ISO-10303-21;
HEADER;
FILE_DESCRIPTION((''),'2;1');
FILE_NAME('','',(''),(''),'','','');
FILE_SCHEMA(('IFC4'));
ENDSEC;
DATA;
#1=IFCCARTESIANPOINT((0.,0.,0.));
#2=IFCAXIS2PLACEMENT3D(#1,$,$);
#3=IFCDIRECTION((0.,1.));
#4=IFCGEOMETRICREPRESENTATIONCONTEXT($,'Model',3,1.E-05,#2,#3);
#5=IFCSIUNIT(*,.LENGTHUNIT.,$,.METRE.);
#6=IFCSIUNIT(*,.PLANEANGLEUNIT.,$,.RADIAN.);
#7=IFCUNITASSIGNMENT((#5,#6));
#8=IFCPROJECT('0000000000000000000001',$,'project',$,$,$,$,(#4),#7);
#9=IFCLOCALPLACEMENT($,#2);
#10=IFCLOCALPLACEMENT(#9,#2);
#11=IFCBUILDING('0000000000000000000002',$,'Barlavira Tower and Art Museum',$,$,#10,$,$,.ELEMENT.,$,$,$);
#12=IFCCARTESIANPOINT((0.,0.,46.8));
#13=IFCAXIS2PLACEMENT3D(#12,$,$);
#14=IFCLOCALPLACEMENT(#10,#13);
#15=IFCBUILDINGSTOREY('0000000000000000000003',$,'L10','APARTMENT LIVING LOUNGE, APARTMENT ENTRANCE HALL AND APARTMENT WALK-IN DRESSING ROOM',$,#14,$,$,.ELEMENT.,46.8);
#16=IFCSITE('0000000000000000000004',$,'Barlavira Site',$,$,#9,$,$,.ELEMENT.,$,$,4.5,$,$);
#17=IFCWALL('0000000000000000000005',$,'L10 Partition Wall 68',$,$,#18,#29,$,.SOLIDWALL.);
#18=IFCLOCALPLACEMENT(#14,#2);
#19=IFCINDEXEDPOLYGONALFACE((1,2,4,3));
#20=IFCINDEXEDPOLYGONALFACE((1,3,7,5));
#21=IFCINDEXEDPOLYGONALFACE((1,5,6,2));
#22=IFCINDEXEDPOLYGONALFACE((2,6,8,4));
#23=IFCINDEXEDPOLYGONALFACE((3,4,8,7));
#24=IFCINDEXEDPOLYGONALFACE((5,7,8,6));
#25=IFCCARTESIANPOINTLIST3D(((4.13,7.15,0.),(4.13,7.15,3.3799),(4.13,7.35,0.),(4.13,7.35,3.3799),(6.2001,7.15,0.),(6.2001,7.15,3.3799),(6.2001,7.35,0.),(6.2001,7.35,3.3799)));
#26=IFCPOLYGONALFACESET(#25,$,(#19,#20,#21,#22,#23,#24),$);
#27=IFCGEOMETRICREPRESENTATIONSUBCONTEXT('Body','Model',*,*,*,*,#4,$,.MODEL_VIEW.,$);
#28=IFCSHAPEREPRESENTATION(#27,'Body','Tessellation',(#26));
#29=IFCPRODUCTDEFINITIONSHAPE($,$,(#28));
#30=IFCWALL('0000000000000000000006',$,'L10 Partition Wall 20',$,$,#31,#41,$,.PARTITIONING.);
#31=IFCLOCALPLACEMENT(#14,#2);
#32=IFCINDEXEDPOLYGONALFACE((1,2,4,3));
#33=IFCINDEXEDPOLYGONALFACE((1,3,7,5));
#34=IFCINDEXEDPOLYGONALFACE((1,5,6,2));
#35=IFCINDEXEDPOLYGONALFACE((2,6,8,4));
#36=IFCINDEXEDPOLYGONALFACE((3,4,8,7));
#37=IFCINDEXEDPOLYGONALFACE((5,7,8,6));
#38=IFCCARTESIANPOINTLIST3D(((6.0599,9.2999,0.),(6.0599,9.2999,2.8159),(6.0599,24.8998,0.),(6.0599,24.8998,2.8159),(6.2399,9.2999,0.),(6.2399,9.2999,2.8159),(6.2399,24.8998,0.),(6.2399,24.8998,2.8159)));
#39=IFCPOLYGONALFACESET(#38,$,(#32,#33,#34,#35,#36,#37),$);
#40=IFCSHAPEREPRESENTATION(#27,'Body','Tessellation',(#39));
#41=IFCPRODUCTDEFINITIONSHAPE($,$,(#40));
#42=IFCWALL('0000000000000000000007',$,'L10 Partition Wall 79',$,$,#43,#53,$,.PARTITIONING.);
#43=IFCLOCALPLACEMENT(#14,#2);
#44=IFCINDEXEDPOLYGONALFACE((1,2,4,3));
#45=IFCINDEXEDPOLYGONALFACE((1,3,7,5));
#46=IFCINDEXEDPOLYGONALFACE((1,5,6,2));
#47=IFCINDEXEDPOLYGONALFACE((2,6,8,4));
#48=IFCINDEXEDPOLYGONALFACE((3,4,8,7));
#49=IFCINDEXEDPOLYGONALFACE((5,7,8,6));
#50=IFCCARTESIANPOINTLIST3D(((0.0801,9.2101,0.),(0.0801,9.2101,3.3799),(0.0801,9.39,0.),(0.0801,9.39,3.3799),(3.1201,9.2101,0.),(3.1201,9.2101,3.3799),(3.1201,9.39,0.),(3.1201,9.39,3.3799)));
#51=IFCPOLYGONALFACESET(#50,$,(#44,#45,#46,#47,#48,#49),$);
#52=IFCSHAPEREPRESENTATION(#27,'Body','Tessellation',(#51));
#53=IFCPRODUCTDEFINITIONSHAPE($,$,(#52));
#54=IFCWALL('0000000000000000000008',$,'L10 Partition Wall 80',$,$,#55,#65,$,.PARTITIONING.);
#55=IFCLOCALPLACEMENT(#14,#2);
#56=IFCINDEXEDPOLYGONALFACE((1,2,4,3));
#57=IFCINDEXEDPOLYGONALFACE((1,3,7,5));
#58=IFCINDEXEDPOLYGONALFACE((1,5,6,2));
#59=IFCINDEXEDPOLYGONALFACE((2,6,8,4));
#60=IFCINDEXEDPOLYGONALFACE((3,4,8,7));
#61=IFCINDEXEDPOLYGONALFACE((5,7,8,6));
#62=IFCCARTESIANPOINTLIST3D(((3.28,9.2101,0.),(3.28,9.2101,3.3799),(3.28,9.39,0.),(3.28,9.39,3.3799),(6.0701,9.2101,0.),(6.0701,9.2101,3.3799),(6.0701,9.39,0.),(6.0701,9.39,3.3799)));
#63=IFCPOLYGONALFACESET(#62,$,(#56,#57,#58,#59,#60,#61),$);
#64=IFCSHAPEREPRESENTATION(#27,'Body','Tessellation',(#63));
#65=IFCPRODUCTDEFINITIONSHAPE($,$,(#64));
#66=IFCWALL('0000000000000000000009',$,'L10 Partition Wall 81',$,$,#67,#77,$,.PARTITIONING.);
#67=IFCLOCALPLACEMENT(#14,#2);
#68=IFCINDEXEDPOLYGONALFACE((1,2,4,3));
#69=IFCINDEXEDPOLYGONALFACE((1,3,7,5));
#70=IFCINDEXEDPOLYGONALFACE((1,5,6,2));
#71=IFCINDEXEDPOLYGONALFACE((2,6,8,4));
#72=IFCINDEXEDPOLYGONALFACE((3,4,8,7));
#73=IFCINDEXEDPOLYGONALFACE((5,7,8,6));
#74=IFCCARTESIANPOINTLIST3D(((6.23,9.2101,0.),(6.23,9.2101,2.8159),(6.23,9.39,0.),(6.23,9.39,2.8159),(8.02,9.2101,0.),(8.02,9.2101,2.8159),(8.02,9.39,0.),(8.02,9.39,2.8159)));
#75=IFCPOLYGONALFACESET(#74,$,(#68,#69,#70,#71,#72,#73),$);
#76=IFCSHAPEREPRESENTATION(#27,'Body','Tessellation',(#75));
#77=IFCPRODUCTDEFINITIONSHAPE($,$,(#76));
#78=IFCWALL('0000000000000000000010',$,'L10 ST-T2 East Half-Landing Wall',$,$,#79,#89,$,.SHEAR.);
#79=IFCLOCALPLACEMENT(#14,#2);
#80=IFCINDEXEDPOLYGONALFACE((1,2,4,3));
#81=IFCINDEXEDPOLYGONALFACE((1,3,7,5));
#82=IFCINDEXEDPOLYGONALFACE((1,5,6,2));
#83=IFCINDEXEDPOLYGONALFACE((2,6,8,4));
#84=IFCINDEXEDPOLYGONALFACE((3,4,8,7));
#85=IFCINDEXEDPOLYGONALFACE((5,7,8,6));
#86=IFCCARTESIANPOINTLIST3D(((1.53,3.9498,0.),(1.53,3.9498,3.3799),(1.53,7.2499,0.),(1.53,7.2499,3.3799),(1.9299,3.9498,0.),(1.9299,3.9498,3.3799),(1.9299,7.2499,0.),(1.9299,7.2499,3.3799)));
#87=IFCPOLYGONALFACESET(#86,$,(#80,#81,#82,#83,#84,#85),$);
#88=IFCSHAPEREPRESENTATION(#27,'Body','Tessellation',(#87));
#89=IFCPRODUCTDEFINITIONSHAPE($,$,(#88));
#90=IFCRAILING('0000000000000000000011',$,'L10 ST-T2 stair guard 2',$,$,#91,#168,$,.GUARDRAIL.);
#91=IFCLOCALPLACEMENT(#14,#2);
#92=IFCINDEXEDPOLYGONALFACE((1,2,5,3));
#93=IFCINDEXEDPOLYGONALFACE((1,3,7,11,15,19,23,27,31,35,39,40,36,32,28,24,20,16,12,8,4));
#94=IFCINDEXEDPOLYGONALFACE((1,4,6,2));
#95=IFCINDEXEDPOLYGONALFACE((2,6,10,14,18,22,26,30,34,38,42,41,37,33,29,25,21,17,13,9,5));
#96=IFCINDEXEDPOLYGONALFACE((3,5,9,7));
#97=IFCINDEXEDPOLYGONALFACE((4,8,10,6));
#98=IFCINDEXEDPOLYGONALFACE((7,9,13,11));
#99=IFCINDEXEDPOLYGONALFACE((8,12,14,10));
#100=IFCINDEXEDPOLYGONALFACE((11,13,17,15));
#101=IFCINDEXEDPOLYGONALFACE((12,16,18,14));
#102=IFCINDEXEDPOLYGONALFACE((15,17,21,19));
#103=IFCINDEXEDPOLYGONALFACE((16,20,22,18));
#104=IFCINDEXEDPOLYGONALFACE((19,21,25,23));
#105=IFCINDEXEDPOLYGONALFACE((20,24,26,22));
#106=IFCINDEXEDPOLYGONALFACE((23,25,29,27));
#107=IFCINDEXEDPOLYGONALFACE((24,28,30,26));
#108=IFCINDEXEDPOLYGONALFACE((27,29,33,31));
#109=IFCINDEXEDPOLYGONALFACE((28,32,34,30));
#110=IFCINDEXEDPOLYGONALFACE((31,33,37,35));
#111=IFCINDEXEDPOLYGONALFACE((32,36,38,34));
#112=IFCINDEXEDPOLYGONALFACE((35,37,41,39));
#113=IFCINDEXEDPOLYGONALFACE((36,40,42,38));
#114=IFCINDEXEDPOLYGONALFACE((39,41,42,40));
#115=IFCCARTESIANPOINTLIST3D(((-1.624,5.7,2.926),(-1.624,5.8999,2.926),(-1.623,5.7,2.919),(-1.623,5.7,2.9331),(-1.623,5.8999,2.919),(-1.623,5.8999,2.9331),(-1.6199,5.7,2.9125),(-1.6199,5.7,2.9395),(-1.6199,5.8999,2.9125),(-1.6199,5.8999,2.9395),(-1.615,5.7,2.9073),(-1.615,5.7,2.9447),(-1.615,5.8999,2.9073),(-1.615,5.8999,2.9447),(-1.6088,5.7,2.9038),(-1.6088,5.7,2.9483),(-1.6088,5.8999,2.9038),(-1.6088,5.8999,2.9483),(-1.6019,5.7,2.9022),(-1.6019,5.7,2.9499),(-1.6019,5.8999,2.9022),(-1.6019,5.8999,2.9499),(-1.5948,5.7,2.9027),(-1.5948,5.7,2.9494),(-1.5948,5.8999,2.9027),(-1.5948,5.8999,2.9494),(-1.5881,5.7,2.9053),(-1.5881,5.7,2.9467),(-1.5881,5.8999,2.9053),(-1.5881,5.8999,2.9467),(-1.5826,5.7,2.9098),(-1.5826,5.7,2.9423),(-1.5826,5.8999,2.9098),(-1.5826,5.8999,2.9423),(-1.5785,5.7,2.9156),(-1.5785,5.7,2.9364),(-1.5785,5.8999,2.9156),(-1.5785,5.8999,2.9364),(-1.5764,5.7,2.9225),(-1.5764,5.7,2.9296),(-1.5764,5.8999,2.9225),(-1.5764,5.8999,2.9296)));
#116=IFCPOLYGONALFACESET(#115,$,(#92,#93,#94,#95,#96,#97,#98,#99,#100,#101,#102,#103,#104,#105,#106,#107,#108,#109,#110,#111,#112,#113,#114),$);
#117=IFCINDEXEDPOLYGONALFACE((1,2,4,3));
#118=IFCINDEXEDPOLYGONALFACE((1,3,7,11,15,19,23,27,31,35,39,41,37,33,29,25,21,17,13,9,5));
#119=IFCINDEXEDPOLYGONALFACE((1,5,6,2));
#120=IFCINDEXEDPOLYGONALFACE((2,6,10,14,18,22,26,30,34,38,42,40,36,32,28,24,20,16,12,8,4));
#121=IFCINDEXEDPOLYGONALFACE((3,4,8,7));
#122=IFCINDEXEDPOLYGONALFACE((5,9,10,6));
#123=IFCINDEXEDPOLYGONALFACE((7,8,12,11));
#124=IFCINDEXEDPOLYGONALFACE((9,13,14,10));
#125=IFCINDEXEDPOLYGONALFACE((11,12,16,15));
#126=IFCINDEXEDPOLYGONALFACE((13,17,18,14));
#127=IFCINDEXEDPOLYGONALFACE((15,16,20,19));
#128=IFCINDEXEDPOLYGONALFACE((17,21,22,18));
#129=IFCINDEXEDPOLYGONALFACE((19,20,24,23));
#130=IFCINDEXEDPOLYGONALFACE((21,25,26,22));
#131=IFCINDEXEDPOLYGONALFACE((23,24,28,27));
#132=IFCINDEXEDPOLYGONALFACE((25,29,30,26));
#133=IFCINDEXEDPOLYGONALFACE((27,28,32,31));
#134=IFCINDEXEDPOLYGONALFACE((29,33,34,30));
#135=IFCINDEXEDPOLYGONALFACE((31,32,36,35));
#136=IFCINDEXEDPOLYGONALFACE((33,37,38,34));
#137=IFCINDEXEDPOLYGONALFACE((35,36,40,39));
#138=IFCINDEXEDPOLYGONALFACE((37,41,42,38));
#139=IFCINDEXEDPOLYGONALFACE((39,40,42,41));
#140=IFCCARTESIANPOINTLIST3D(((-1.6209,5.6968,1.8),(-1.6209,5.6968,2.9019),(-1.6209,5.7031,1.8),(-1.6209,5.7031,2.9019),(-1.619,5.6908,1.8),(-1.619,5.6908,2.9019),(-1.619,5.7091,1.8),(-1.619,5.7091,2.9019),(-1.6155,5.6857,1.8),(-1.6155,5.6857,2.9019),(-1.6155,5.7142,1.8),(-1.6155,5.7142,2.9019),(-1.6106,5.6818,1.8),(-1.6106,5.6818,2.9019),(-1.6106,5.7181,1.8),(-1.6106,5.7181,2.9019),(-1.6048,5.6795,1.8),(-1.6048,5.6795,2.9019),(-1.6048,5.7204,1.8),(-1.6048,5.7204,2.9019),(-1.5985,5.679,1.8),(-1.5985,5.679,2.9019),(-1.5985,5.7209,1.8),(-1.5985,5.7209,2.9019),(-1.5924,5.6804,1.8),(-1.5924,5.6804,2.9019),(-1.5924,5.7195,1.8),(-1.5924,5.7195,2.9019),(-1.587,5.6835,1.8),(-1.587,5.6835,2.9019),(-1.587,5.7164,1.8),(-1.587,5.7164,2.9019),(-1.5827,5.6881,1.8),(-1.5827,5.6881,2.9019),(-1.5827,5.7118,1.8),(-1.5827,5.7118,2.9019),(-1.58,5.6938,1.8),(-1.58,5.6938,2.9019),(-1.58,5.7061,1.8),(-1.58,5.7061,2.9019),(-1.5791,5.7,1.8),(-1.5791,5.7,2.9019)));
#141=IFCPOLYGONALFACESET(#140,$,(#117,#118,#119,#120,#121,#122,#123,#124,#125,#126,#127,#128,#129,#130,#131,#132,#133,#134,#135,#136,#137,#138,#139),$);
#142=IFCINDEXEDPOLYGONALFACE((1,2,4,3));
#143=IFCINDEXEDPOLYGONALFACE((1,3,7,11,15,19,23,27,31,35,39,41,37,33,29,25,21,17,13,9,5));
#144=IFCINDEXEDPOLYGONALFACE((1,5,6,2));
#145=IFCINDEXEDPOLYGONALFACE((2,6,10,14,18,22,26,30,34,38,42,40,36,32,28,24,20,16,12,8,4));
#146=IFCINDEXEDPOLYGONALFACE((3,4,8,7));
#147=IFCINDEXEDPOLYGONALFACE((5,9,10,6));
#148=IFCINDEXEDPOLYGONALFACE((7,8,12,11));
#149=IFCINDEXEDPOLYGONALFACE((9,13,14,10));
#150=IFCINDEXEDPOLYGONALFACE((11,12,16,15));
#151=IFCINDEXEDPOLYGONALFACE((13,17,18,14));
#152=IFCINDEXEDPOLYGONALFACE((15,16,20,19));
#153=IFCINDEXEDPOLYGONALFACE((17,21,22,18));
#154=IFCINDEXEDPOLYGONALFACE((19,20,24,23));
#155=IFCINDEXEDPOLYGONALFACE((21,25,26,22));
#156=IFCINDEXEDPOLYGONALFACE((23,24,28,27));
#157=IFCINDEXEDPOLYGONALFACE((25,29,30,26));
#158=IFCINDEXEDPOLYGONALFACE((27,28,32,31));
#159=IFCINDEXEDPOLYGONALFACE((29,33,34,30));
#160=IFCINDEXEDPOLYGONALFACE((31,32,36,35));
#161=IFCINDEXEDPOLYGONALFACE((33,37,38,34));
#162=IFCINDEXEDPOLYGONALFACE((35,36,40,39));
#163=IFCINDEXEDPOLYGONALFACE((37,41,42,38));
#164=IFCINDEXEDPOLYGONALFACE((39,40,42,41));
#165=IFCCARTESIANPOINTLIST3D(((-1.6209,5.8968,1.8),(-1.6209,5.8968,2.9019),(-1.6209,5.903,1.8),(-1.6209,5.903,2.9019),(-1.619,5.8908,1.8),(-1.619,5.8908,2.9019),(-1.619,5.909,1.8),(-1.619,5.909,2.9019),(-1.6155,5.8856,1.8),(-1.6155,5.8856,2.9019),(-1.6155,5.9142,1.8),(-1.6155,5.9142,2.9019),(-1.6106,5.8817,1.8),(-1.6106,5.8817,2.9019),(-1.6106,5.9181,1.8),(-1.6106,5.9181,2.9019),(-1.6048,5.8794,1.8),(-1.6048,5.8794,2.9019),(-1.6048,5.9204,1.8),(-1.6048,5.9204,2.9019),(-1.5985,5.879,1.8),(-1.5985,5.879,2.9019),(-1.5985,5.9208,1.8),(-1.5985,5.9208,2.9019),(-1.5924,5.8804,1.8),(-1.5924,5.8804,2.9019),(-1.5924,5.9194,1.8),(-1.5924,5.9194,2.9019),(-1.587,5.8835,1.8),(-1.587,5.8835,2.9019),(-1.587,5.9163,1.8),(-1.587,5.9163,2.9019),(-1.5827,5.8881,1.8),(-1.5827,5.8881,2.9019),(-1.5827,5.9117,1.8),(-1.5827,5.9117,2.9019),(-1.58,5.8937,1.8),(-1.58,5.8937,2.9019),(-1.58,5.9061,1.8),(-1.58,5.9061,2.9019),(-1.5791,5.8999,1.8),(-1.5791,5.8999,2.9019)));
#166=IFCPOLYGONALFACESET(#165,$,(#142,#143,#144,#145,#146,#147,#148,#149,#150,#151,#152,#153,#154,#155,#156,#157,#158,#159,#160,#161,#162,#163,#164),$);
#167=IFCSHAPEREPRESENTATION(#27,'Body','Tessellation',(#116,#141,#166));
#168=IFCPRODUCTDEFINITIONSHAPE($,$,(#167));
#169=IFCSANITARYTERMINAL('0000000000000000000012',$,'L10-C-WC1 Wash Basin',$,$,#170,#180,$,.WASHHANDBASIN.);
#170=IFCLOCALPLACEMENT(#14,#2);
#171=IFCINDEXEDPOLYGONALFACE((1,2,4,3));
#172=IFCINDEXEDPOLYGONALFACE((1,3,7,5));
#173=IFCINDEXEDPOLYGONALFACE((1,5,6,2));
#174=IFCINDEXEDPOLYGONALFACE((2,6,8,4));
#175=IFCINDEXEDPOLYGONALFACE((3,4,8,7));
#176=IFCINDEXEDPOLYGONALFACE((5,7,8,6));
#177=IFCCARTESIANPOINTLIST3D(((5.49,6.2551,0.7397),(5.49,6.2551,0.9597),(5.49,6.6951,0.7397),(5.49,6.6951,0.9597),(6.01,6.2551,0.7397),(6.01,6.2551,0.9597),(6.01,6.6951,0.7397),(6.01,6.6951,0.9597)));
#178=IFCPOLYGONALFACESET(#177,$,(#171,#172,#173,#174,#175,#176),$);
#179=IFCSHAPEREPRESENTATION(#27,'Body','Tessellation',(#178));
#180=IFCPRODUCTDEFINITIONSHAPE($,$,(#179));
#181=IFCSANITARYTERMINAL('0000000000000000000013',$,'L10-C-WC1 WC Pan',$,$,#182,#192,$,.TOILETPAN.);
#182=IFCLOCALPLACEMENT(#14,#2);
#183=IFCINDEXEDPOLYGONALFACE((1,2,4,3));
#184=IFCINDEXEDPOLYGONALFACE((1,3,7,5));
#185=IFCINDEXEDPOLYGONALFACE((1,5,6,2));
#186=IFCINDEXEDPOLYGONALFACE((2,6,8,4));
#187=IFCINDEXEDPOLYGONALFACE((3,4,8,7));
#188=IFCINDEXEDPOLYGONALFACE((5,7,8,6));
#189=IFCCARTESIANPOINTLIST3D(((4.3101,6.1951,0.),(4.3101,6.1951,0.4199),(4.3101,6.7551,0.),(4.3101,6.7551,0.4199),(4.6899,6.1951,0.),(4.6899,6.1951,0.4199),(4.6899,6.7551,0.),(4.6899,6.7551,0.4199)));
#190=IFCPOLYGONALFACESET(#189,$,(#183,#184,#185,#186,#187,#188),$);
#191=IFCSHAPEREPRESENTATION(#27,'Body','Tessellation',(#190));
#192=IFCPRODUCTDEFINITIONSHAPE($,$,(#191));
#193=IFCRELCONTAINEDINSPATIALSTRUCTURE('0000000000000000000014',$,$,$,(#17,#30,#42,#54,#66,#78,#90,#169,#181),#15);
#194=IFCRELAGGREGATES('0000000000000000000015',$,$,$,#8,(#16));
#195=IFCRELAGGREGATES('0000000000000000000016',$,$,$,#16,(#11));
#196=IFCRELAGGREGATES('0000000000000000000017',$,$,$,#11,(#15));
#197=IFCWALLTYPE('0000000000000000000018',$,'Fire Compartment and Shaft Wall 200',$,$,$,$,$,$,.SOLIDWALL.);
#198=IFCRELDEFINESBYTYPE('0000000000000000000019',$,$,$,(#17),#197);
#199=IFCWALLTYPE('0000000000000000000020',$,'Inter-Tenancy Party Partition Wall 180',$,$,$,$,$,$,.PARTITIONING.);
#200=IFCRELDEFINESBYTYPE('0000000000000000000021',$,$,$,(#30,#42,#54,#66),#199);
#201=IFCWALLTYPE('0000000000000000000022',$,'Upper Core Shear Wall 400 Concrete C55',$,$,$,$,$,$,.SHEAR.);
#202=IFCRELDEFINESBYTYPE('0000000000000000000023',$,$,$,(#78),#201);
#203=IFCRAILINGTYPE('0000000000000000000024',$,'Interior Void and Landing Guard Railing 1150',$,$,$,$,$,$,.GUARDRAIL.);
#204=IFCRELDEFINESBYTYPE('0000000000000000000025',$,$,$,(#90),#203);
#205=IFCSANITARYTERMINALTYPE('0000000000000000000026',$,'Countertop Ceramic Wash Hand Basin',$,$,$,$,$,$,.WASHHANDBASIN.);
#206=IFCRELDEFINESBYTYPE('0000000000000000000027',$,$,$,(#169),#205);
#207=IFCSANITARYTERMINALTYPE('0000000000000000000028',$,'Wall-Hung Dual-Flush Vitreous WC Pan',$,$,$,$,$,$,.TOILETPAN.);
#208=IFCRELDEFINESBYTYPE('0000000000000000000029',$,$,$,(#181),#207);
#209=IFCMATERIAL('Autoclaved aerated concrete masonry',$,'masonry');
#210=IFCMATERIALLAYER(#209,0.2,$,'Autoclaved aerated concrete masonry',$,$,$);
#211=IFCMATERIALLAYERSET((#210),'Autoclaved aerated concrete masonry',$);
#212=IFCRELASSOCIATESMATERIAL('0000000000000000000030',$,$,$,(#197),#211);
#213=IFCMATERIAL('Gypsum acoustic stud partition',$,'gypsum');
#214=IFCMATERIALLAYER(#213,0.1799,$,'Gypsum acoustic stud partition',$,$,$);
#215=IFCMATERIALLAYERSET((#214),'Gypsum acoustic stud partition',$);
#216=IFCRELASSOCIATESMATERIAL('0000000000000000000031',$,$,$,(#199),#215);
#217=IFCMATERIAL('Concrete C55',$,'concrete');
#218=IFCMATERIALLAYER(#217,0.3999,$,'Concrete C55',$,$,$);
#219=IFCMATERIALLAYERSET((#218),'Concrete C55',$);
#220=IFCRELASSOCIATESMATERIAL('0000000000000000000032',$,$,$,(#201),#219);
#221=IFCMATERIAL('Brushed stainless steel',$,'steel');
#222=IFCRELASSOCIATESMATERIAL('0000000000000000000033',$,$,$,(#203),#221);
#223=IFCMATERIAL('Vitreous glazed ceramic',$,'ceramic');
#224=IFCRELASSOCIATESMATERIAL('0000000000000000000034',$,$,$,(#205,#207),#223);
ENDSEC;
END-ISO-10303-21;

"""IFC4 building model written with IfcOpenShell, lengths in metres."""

from ifc_helpers import new_model, si_unit, direction, frame, frame_2d, origin, origin_2d, place, context, subcontext, project, spatial, rectangle, circle, extrude, material, layer, layer_set, type_object, element, save


model = new_model("IFC4")

# Units and contexts
model_context = context("Model", 3, precision=1e-05, world=origin(), true_north=direction((0.0, 1.0)))
body_context = subcontext(model_context, "Body", "Model", "MODEL_VIEW")
ifc_project = project(units=[si_unit("LENGTHUNIT", "METRE"), si_unit("PLANEANGLEUNIT", "RADIAN")], contexts=[model_context])

# Site, building, storey
site_placement = place(None, origin())
site = spatial("IfcSite", under=ifc_project, at=site_placement, Name="Barlavira Site", CompositionType="ELEMENT", RefElevation=4.5)
building_placement = place(site_placement, origin())
building = spatial("IfcBuilding", under=site, at=building_placement, Name="Barlavira Tower and Art Museum", CompositionType="ELEMENT")
storey_placement = place(building_placement, frame((0.0, 0.0, 46.8)))
storey = spatial("IfcBuildingStorey", under=building, at=storey_placement, Name="L10", Description="APARTMENT LIVING LOUNGE, APARTMENT ENTRANCE HALL AND APARTMENT WALK-IN DRESSING ROOM", CompositionType="ELEMENT", Elevation=46.8)

# Shared definitions
ifc_material_1 = material(Name="Gypsum acoustic stud partition", Category="gypsum")

# Shared definitions
ifc_material_2 = material(Name="Autoclaved aerated concrete masonry", Category="masonry")
ifc_layer_1 = layer(ifc_material_2, 0.2, Name="Autoclaved aerated concrete masonry")
ifc_layer_set_1 = layer_set([ifc_layer_1], Name="Autoclaved aerated concrete masonry")
wall_type_1 = type_object("IfcWallType", Name="Fire Compartment and Shaft Wall 200", PredefinedType="SOLIDWALL", material=ifc_layer_set_1)

# Shared definitions
ifc_material_3 = material(Name="Brushed stainless steel", Category="steel")

# Walls
for number, where, z_axis, x_axis, name in (
    (1, (4.1299, 7.25, 0.0), (0.0, 0.0, 1.0), (1.0, 0.0, 0.0), "L10 Partition Wall 68"),
):
    element("IfcWall", number, at=place(storey_placement, frame(where, z_axis=z_axis, x_axis=x_axis)), inside=storey, type_object=wall_type_1, Name=name, PredefinedType="SOLIDWALL", context=body_context, shape_type="SweptSolid", body=[
        extrude(rectangle(XDim=2.0701, YDim=0.2, at=frame_2d((1.0352, 0.0))), origin(), (0.0, 0.0, 1.0), 3.3799),
    ])
ifc_layer_2 = layer(ifc_material_1, 0.1799, Name="Gypsum acoustic stud partition")
ifc_layer_set_2 = layer_set([ifc_layer_2], Name="Gypsum acoustic stud partition")
wall_type_2 = type_object("IfcWallType", Name="Inter-Tenancy Party Partition Wall 180", PredefinedType="PARTITIONING", material=ifc_layer_set_2)
wall_1_placement = place(storey_placement, frame((6.1499, 9.3, 0.0), z_axis=(0.0, 0.0, 1.0), x_axis=(0.0, 1.0, 0.0)))
element("IfcWall", 2, at=wall_1_placement, inside=storey, type_object=wall_type_2, Name="L10 Partition Wall 20", PredefinedType="PARTITIONING", context=body_context, shape_type="SweptSolid", body=[
    extrude(rectangle(XDim=15.5999, YDim=0.1799, at=frame_2d((7.7998, 0.0))), origin(), (0.0, 0.0, 1.0), 2.8159),
])
wall_2_placement = place(storey_placement, frame((0.0801, 9.3, 0.0), z_axis=(0.0, 0.0, 1.0), x_axis=(1.0, 0.0, 0.0)))
element("IfcWall", 3, at=wall_2_placement, inside=storey, type_object=wall_type_2, Name="L10 Partition Wall 79", PredefinedType="PARTITIONING", context=body_context, shape_type="SweptSolid", body=[
    extrude(rectangle(XDim=3.04, YDim=0.1799, at=frame_2d((1.52, 0.0))), origin(), (0.0, 0.0, 1.0), 3.3799),
])
wall_3_placement = place(storey_placement, frame((3.28, 9.3, 0.0), z_axis=(0.0, 0.0, 1.0), x_axis=(1.0, 0.0, 0.0)))
element("IfcWall", 4, at=wall_3_placement, inside=storey, type_object=wall_type_2, Name="L10 Partition Wall 80", PredefinedType="PARTITIONING", context=body_context, shape_type="SweptSolid", body=[
    extrude(rectangle(XDim=2.79, YDim=0.1799, at=frame_2d((1.395, 0.0))), origin(), (0.0, 0.0, 1.0), 3.3799),
])
wall_4_placement = place(storey_placement, frame((6.23, 9.3, 0.0), z_axis=(0.0, 0.0, 1.0), x_axis=(1.0, 0.0, 0.0)))
element("IfcWall", 5, at=wall_4_placement, inside=storey, type_object=wall_type_2, Name="L10 Partition Wall 81", PredefinedType="PARTITIONING", context=body_context, shape_type="SweptSolid", body=[
    extrude(rectangle(XDim=1.79, YDim=0.1799, at=frame_2d((0.895, 0.0))), origin(), (0.0, 0.0, 1.0), 2.8159),
])
ifc_material_4 = material(Name="Concrete C55", Category="concrete")
ifc_layer_3 = layer(ifc_material_4, 0.3999, Name="Concrete C55")
ifc_layer_set_3 = layer_set([ifc_layer_3], Name="Concrete C55")
wall_type_3 = type_object("IfcWallType", Name="Upper Core Shear Wall 400 Concrete C55", PredefinedType="SHEAR", material=ifc_layer_set_3)
wall_5_placement = place(storey_placement, frame((1.73, 3.95, 0.0), z_axis=(0.0, 0.0, 1.0), x_axis=(0.0, 1.0, 0.0)))
element("IfcWall", 6, at=wall_5_placement, inside=storey, type_object=wall_type_3, Name="L10 ST-T2 East Half-Landing Wall", PredefinedType="SHEAR", context=body_context, shape_type="SweptSolid", body=[
    extrude(rectangle(XDim=3.3, YDim=0.3999, at=frame_2d((1.6499, 0.0))), origin(), (0.0, 0.0, 1.0), 3.3799),
])

# Railing
railing_type = type_object("IfcRailingType", Name="Interior Void and Landing Guard Railing 1150", PredefinedType="GUARDRAIL", material=ifc_material_3)
railing_placement = place(storey_placement, frame((-1.6001, 5.7, 1.8)))
element("IfcRailing", 7, at=railing_placement, inside=storey, type_object=railing_type, Name="L10 ST-T2 stair guard 2", PredefinedType="GUARDRAIL", context=body_context, shape_type="SweptSolid", body=[
    extrude(circle(Radius=0.0239, at=origin_2d()), frame((0.0, 0.0, 1.126), z_axis=(0.0, 1.0, 0.0), x_axis=(-1.0, 0.0, 0.0)), (0.0, 0.0, 1.0), 0.2),
    extrude(circle(Radius=0.021, at=origin_2d()), origin(), (0.0, 0.0, 1.0), 1.1018),
    extrude(circle(Radius=0.021, at=origin_2d()), frame((0.0, 0.2, 0.0)), (0.0, 0.0, 1.0), 1.1018),
])

# Sanitary terminals
ifc_material_5 = material(Name="Vitreous glazed ceramic", Category="ceramic")
sanitary_terminal_type_1 = type_object("IfcSanitaryTerminalType", Name="Countertop Ceramic Wash Hand Basin", PredefinedType="WASHHANDBASIN", material=ifc_material_5)
sanitary_terminal_1_placement = place(storey_placement, frame((5.75, 6.4751, 0.7397), z_axis=(0.0, 0.0, 1.0), x_axis=(1.0, 0.0, 0.0)))
element("IfcSanitaryTerminal", 8, at=sanitary_terminal_1_placement, inside=storey, type_object=sanitary_terminal_type_1, Name="L10-C-WC1 Wash Basin", PredefinedType="WASHHANDBASIN", context=body_context, shape_type="SweptSolid", body=[
    extrude(rectangle(XDim=0.52, YDim=0.4399, at=origin_2d()), origin(), (0.0, 0.0, 1.0), 0.22),
])
sanitary_terminal_type_2 = type_object("IfcSanitaryTerminalType", Name="Wall-Hung Dual-Flush Vitreous WC Pan", PredefinedType="TOILETPAN", material=ifc_material_5)
sanitary_terminal_2_placement = place(storey_placement, frame((4.5, 6.4751, 0.0), z_axis=(0.0, 0.0, 1.0), x_axis=(1.0, 0.0, 0.0)))
element("IfcSanitaryTerminal", 9, at=sanitary_terminal_2_placement, inside=storey, type_object=sanitary_terminal_type_2, Name="L10-C-WC1 WC Pan", PredefinedType="TOILETPAN", context=body_context, shape_type="SweptSolid", body=[
    extrude(rectangle(XDim=0.3799, YDim=0.5601, at=origin_2d()), origin(), (0.0, 0.0, 1.0), 0.4199),
])

save(model, "model.ifc")
